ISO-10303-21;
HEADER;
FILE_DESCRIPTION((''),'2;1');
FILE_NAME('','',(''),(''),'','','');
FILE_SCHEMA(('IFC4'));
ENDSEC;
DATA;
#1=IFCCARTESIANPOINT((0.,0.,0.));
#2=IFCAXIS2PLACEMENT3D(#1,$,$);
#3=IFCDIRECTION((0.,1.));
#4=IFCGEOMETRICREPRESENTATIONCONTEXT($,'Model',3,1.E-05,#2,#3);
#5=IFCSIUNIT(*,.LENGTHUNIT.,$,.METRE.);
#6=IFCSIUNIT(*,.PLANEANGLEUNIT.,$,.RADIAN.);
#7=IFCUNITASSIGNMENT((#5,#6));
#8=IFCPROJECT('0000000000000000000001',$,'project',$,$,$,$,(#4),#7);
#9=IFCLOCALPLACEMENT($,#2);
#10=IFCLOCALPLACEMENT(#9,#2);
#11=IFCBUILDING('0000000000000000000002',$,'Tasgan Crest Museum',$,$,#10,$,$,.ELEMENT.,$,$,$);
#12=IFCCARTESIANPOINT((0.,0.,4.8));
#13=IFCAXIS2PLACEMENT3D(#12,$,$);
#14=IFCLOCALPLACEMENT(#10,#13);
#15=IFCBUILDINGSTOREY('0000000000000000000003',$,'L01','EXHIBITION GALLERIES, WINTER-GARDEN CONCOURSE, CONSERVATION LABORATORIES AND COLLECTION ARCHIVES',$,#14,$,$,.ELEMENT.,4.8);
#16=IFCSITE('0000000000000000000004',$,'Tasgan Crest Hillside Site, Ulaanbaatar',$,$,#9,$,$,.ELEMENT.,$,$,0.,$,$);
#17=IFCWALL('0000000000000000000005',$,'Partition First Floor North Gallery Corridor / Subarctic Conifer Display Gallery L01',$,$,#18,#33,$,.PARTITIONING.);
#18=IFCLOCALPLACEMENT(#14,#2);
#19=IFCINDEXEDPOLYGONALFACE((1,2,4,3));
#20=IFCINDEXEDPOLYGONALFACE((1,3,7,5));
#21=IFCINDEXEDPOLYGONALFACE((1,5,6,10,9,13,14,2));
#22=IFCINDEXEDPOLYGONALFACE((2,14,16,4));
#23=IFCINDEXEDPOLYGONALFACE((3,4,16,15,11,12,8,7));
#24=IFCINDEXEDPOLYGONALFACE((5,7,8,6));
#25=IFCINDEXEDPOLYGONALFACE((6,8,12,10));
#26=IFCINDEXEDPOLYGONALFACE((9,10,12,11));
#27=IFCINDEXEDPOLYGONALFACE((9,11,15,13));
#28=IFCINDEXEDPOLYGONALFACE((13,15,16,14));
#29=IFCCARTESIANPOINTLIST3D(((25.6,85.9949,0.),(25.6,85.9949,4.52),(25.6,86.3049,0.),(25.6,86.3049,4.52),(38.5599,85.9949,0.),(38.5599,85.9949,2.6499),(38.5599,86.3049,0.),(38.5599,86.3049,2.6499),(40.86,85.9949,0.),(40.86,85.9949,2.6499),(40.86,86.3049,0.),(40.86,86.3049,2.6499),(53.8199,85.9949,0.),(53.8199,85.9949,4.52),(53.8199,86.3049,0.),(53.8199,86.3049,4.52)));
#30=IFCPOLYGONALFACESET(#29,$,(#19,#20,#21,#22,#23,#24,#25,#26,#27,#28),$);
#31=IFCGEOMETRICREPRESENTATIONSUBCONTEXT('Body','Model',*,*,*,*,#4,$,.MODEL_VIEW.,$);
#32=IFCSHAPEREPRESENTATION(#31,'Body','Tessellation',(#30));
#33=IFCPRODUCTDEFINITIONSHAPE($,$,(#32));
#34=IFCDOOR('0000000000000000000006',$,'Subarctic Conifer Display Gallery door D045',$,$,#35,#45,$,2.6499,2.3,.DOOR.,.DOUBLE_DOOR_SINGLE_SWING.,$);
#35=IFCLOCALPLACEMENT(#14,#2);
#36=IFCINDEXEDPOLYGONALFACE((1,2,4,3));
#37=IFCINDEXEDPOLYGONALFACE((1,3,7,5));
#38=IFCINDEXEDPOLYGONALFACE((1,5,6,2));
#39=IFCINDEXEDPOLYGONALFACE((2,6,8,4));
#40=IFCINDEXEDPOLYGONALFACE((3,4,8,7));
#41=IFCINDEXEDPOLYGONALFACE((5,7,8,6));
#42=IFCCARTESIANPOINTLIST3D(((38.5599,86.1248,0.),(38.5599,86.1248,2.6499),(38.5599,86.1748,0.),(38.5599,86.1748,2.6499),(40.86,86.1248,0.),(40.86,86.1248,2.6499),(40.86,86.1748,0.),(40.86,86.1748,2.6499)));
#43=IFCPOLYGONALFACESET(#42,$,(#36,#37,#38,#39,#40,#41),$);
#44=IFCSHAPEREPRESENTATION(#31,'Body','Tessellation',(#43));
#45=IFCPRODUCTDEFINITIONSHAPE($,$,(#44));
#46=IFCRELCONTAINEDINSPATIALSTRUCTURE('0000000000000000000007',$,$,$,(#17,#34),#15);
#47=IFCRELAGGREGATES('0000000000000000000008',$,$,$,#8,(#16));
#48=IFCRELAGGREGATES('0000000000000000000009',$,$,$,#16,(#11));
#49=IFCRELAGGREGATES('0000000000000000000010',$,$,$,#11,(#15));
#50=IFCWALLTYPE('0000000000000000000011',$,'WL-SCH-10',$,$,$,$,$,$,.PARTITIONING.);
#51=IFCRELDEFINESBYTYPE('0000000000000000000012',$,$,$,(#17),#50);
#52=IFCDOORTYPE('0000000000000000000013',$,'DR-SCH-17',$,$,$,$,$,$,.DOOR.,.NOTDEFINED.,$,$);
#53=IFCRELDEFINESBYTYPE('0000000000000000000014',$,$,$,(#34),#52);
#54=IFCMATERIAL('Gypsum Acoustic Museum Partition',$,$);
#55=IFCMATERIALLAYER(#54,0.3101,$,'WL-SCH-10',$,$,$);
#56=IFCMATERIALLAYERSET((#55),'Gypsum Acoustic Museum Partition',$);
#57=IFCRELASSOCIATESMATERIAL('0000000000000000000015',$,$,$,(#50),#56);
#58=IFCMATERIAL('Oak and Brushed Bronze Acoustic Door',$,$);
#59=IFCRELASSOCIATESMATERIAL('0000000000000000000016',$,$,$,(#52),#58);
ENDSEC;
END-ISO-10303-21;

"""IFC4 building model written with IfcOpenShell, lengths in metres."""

from ifc_helpers import new_model, si_unit, direction, frame, frame_2d, origin, place, context, subcontext, project, spatial, rectangle, extrude, material, layer, layer_set, type_object, element, fill, save


model = new_model("IFC4")

# Units and contexts
model_context = context("Model", 3, precision=1e-05, world=origin(), true_north=direction((0.0, 1.0)))
body_context = subcontext(model_context, "Body", "Model", "MODEL_VIEW")
ifc_project = project(units=[si_unit("LENGTHUNIT", "METRE"), si_unit("PLANEANGLEUNIT", "RADIAN")], contexts=[model_context])

# Site, building, storey
site_placement = place(None, origin())
site = spatial("IfcSite", under=ifc_project, at=site_placement, Name="Tasgan Crest Hillside Site, Ulaanbaatar", CompositionType="ELEMENT", RefElevation=0.0)
building_placement = place(site_placement, origin())
building = spatial("IfcBuilding", under=site, at=building_placement, Name="Tasgan Crest Museum", CompositionType="ELEMENT")
storey_placement = place(building_placement, frame((0.0, 0.0, 4.8)))
storey = spatial("IfcBuildingStorey", under=building, at=storey_placement, Name="L01", Description="EXHIBITION GALLERIES, WINTER-GARDEN CONCOURSE, CONSERVATION LABORATORIES AND COLLECTION ARCHIVES", CompositionType="ELEMENT", Elevation=4.8)

# Wall, opening, door
ifc_material_1 = material(Name="Gypsum Acoustic Museum Partition")
ifc_layer_1 = layer(ifc_material_1, 0.3101, Name="WL-SCH-10")
ifc_layer_set_1 = layer_set([ifc_layer_1], Name="Gypsum Acoustic Museum Partition")
wall_type_1 = type_object("IfcWallType", Name="WL-SCH-10", PredefinedType="PARTITIONING", material=ifc_layer_set_1)
wall_1_placement = place(storey_placement, frame((25.6001, 86.1499, 0.0), z_axis=(0.0, 0.0, 1.0), x_axis=(1.0, 0.0, 0.0)))
wall_1 = element("IfcWall", 1, at=wall_1_placement, inside=storey, type_object=wall_type_1, Name="Partition First Floor North Gallery Corridor / Subarctic Conifer Display Gallery L01", PredefinedType="PARTITIONING", context=body_context, shape_type="SweptSolid", body=[
    extrude(rectangle(XDim=28.22, YDim=0.3101, at=frame_2d((14.1099, 0.0))), origin(), (0.0, 0.0, 1.0), 4.52),
])
opening_1_placement = place(wall_1_placement, frame((12.96, 0.0, 0.0)))
opening_1 = element("IfcOpeningElement", 2, at=opening_1_placement, cuts=wall_1, PredefinedType="OPENING", context=body_context, shape_type="SweptSolid", body=[
    extrude(rectangle(XDim=2.3, YDim=2.6499, at=frame_2d((1.1499, 1.325))), frame((0.0, 0.165, 0.0), z_axis=(0.0, -1.0, 0.0), x_axis=(1.0, 0.0, 0.0)), (0.0, 0.0, 1.0), 0.3301),
])
ifc_material_2 = material(Name="Oak and Brushed Bronze Acoustic Door")
door_type_1 = type_object("IfcDoorType", Name="DR-SCH-17", OperationType="NOTDEFINED", PredefinedType="DOOR", material=ifc_material_2)
door_1_placement = place(opening_1_placement, origin())
door_1 = element("IfcDoor", 3, at=door_1_placement, inside=storey, type_object=door_type_1, Name="Subarctic Conifer Display Gallery door D045", OperationType="DOUBLE_DOOR_SINGLE_SWING", OverallHeight=2.6499, OverallWidth=2.3, PredefinedType="DOOR", context=body_context, shape_type="SweptSolid", body=[
    extrude(rectangle(XDim=2.3, YDim=2.6499, at=frame_2d((1.1499, 1.325))), frame((0.0, 0.0249, 0.0), z_axis=(0.0, -1.0, 0.0), x_axis=(1.0, 0.0, 0.0)), (0.0, 0.0, 1.0), 0.05),
])
fill(opening_1, door_1)

save(model, "model.ifc")
